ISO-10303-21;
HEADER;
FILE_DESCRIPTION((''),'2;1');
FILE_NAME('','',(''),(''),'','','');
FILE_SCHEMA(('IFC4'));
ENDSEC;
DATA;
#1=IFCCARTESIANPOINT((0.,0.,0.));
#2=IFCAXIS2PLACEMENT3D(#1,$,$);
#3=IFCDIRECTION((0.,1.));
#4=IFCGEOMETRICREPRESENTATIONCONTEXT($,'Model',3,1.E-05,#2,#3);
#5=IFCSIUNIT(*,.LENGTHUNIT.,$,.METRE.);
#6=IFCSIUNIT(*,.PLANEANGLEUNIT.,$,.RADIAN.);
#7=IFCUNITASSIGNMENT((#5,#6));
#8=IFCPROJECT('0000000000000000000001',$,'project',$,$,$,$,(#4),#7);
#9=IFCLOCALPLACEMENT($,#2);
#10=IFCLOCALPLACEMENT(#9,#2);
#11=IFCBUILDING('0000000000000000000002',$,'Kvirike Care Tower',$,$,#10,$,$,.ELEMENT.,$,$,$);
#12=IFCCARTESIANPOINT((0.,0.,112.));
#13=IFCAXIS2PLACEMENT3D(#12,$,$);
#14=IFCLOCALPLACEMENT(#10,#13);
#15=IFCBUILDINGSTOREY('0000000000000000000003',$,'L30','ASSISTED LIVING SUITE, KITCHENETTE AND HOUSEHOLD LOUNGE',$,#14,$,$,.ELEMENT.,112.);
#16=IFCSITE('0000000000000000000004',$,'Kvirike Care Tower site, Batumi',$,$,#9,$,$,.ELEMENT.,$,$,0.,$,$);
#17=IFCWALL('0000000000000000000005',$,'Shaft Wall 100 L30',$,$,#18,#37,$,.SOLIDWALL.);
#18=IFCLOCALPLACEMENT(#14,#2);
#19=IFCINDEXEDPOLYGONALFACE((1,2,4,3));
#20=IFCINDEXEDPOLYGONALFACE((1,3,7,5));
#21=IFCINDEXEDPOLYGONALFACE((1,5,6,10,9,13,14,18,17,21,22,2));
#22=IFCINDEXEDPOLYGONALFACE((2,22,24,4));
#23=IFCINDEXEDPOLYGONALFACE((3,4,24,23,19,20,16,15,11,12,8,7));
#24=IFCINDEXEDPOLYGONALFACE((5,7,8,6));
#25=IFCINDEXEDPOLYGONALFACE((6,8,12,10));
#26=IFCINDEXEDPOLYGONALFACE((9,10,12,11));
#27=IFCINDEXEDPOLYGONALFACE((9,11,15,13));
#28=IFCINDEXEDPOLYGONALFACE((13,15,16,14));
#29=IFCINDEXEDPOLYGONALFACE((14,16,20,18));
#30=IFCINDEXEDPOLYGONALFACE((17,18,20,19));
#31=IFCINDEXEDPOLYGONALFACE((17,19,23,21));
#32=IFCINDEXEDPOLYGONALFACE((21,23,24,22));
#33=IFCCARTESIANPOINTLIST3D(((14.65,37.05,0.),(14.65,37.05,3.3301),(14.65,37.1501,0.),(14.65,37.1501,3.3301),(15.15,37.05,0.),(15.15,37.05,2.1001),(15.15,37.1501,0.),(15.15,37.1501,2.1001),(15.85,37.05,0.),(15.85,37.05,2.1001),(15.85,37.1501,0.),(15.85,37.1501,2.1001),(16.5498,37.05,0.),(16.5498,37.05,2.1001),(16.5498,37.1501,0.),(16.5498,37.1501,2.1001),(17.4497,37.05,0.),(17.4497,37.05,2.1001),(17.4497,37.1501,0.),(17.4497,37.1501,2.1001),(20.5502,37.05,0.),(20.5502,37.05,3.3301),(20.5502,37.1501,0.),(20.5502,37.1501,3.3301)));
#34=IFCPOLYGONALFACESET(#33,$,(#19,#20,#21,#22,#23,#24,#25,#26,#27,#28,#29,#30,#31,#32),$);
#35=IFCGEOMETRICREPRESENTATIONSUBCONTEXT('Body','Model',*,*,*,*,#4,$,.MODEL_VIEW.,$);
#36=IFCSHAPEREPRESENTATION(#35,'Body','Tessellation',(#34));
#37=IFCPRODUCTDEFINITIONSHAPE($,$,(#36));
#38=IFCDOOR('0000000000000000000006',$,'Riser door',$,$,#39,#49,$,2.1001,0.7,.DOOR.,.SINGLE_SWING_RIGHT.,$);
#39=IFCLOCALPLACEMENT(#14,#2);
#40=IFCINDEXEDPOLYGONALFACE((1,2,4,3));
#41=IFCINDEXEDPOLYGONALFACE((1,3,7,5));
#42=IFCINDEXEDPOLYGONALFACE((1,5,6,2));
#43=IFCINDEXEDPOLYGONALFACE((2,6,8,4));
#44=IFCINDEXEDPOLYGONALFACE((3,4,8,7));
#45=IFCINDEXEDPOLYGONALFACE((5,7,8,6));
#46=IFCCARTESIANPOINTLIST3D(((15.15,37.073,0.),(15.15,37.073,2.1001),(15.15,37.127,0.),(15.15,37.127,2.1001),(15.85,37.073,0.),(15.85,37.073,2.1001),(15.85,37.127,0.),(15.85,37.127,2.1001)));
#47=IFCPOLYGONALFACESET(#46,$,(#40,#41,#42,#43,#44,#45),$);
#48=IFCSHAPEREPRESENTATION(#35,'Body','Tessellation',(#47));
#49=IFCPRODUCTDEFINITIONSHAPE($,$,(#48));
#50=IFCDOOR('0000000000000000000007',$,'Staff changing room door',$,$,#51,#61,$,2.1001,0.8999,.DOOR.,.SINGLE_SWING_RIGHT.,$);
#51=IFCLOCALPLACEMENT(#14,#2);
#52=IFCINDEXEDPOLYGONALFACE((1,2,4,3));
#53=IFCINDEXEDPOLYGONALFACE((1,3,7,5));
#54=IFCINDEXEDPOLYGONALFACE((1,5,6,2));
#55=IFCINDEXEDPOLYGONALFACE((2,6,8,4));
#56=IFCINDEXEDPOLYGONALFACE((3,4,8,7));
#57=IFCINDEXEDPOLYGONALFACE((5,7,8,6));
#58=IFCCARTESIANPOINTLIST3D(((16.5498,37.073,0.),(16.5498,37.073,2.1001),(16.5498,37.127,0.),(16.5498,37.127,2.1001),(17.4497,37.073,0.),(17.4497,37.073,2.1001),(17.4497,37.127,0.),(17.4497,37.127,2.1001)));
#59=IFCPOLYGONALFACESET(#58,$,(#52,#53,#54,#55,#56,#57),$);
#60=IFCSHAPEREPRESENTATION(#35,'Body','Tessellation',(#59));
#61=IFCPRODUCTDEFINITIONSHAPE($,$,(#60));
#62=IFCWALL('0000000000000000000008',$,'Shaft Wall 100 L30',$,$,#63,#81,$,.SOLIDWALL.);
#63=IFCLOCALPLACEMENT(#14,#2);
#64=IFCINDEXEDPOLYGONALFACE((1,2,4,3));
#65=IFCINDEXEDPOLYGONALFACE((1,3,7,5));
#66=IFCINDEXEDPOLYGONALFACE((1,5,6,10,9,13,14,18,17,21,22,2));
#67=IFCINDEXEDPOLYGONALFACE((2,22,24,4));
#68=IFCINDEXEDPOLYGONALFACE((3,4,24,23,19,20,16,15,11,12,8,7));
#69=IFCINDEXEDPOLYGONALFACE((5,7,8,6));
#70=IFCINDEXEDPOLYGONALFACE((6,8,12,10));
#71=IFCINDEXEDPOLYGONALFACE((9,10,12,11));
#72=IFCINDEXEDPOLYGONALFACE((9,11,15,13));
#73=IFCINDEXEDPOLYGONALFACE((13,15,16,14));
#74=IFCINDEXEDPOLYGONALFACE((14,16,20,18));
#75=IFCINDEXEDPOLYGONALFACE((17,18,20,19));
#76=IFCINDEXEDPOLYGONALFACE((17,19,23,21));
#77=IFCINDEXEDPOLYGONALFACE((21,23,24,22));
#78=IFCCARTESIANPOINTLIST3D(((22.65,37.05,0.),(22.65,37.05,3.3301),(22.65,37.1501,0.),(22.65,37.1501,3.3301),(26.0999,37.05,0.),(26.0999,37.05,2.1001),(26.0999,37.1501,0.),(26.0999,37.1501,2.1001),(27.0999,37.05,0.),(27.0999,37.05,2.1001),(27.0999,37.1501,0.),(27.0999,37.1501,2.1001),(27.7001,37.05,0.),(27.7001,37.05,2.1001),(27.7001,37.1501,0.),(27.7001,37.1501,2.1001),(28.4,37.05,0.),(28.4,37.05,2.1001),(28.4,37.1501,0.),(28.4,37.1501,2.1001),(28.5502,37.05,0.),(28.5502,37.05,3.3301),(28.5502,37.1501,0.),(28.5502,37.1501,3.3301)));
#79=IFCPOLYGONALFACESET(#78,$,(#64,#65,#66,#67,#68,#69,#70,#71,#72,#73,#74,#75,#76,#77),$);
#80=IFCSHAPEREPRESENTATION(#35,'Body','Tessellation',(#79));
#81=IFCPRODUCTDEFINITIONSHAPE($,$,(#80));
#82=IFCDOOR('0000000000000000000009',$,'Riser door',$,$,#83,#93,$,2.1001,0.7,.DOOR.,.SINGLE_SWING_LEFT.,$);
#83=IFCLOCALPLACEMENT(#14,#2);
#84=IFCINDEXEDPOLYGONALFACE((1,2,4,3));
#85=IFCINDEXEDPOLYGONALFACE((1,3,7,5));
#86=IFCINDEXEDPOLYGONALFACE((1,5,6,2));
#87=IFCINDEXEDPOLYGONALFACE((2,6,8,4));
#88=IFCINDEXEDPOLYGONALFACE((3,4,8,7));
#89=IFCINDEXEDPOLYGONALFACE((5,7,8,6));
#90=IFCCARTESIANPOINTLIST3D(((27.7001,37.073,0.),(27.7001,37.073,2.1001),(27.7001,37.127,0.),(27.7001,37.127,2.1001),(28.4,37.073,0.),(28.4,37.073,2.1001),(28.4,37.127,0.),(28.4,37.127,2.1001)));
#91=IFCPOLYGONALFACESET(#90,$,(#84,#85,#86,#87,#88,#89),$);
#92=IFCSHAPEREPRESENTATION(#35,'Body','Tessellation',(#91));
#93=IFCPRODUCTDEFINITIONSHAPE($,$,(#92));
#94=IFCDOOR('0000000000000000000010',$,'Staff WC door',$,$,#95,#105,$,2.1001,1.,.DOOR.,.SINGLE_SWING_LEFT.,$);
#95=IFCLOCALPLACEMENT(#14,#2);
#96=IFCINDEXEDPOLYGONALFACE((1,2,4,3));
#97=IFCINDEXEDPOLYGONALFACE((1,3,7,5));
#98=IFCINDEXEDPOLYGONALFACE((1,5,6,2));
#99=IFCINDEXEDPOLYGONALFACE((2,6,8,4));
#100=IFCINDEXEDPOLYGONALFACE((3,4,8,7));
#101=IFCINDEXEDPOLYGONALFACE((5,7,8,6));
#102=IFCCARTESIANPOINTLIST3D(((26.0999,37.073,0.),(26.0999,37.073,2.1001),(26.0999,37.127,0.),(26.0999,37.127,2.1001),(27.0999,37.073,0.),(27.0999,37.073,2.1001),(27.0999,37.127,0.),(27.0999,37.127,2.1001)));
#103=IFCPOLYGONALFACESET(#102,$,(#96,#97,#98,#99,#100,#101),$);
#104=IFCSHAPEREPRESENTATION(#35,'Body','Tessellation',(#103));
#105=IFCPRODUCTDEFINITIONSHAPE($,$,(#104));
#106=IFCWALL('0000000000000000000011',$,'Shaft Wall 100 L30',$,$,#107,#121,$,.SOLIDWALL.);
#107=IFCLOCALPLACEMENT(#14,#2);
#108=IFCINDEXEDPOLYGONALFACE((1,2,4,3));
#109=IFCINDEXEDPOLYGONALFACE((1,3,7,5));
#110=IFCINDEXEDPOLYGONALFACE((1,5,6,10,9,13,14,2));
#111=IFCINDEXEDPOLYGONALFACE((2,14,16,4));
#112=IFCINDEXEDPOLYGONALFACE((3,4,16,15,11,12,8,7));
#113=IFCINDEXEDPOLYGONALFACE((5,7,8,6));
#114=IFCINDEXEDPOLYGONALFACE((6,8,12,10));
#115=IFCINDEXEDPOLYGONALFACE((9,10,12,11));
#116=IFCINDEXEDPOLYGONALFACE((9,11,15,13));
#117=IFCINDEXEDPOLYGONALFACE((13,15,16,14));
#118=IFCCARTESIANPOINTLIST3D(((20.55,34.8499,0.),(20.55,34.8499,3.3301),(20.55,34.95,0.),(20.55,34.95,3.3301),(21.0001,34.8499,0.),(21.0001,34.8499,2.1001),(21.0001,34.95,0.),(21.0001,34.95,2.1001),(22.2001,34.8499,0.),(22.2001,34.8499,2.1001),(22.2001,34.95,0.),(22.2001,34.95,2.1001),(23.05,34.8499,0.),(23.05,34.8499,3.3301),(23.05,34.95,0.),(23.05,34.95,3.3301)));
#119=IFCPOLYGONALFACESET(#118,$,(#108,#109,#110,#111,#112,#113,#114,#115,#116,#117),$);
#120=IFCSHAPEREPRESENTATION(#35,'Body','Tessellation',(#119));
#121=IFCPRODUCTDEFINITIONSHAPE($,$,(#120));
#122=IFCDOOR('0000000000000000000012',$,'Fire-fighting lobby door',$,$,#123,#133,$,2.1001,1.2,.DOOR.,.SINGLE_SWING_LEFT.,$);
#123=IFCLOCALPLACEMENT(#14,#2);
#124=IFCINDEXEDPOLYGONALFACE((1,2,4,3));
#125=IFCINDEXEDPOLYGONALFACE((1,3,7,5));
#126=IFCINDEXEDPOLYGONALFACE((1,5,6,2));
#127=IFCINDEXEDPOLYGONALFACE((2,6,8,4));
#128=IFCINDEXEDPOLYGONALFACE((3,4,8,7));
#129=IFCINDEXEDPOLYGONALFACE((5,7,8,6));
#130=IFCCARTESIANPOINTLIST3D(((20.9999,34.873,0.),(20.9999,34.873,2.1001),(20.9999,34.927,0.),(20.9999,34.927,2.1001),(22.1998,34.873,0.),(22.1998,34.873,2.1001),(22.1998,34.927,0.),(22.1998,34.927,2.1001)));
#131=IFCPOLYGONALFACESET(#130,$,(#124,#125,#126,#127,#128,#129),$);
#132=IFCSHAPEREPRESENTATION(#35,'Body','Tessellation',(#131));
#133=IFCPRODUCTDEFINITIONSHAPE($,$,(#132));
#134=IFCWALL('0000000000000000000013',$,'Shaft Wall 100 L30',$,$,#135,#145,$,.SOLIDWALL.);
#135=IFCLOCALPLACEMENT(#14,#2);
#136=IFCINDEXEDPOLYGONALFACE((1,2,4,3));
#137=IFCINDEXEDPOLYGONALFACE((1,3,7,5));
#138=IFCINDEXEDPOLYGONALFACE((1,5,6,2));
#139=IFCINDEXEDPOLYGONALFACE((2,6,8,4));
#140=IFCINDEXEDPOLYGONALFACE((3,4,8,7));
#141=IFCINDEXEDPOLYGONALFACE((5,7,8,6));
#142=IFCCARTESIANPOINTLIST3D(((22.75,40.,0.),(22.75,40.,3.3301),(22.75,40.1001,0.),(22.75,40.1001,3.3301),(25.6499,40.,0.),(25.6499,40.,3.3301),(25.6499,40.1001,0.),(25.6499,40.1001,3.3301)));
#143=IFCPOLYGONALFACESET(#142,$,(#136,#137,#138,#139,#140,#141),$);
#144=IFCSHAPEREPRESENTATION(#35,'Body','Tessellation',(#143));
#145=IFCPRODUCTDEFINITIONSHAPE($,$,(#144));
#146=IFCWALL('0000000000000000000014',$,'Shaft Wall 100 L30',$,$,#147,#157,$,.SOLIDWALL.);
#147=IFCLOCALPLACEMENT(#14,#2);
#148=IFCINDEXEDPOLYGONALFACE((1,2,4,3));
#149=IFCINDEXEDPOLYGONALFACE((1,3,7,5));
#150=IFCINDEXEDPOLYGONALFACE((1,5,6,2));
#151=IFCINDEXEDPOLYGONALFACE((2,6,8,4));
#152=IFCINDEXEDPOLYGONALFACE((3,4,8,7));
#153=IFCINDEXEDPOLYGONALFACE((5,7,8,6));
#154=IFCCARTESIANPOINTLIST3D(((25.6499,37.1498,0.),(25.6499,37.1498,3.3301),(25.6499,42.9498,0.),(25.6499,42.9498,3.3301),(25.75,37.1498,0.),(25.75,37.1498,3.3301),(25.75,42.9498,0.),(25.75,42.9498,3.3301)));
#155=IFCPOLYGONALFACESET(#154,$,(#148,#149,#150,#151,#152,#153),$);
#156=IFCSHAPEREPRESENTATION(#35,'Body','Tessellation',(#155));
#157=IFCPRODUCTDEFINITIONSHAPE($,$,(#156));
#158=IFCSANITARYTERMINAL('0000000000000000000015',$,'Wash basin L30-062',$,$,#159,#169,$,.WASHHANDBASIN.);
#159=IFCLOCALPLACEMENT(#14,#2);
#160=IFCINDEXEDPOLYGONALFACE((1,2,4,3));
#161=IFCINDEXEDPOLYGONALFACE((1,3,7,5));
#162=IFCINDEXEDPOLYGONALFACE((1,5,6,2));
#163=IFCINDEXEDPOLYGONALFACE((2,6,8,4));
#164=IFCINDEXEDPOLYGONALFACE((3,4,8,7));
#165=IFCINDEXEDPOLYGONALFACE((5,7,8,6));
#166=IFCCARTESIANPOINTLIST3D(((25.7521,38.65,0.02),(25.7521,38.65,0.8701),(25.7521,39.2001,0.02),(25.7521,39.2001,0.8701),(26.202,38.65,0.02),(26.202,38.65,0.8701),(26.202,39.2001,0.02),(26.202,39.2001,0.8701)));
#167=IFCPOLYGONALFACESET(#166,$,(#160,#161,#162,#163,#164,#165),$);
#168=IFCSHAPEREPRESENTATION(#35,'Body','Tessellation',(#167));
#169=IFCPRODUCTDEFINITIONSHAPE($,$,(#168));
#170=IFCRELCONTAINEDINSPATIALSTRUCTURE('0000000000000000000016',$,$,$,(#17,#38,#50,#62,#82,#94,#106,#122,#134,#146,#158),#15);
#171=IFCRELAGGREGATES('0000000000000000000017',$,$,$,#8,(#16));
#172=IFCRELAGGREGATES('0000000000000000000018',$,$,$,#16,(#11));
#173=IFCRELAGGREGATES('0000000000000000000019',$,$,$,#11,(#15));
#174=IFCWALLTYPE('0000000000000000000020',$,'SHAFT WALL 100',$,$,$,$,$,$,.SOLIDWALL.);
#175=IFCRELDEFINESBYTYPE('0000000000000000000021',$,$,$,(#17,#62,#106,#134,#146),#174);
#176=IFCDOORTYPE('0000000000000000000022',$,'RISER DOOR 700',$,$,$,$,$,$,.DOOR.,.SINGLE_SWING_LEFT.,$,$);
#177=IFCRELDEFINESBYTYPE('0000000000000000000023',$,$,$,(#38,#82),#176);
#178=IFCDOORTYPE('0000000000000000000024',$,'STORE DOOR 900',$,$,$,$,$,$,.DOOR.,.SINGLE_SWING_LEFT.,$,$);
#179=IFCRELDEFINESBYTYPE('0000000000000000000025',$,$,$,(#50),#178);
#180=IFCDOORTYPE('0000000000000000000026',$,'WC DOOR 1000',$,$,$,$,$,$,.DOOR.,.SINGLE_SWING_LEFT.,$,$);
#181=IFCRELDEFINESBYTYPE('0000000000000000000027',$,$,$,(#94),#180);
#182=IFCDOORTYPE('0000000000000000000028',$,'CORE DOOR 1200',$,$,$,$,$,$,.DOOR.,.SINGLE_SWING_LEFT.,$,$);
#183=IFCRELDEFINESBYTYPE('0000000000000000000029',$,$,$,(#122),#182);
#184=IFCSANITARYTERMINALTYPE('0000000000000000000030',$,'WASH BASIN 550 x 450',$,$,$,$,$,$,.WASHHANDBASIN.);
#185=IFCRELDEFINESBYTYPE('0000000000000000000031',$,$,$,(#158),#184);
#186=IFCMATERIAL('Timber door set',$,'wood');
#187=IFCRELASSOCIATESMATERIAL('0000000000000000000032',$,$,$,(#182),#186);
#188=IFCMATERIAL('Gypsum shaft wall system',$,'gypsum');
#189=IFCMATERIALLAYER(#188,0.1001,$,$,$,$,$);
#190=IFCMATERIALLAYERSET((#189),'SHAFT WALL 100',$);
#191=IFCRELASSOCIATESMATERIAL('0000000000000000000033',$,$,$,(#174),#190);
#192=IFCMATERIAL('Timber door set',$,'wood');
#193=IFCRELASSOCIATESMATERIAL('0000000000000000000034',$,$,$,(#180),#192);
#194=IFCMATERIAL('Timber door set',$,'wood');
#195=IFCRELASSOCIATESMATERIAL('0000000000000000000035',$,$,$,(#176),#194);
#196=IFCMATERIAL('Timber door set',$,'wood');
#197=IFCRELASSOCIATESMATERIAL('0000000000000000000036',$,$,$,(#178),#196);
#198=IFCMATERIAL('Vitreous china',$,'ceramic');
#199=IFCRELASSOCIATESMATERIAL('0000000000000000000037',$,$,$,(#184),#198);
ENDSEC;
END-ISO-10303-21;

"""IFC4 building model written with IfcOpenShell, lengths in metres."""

from ifc_helpers import new_model, si_unit, direction, frame, frame_2d, origin, origin_2d, place, context, subcontext, project, spatial, rectangle, extrude, material, layer, layer_set, type_object, element, fill, save


model = new_model("IFC4")

# Units and contexts
model_context = context("Model", 3, precision=1e-05, world=origin(), true_north=direction((0.0, 1.0)))
body_context = subcontext(model_context, "Body", "Model", "MODEL_VIEW")
ifc_project = project(units=[si_unit("LENGTHUNIT", "METRE"), si_unit("PLANEANGLEUNIT", "RADIAN")], contexts=[model_context])

# Site, building, storey
site_placement = place(None, origin())
site = spatial("IfcSite", under=ifc_project, at=site_placement, Name="Kvirike Care Tower site, Batumi", CompositionType="ELEMENT", RefElevation=0.0)
building_placement = place(site_placement, origin())
building = spatial("IfcBuilding", under=site, at=building_placement, Name="Kvirike Care Tower", CompositionType="ELEMENT")
storey_placement = place(building_placement, frame((0.0, 0.0, 112.0)))
storey = spatial("IfcBuildingStorey", under=building, at=storey_placement, Name="L30", Description="ASSISTED LIVING SUITE, KITCHENETTE AND HOUSEHOLD LOUNGE", CompositionType="ELEMENT", Elevation=112.0)

# Shared definitions
ifc_material_1 = material(Name="Timber door set", Category="wood")
door_type_1 = type_object("IfcDoorType", Name="CORE DOOR 1200", OperationType="SINGLE_SWING_LEFT", PredefinedType="DOOR", material=ifc_material_1)

# Shared definitions
ifc_material_2 = material(Name="Gypsum shaft wall system", Category="gypsum")
ifc_layer_1 = layer(ifc_material_2, 0.1001)
ifc_layer_set_1 = layer_set([ifc_layer_1], Name="SHAFT WALL 100")
wall_type_1 = type_object("IfcWallType", Name="SHAFT WALL 100", PredefinedType="SOLIDWALL", material=ifc_layer_set_1)

# Shared definitions
ifc_material_3 = material(Name="Timber door set", Category="wood")
door_type_2 = type_object("IfcDoorType", Name="WC DOOR 1000", OperationType="SINGLE_SWING_LEFT", PredefinedType="DOOR", material=ifc_material_3)

# Shared definitions
ifc_material_4 = material(Name="Timber door set", Category="wood")
door_type_3 = type_object("IfcDoorType", Name="RISER DOOR 700", OperationType="SINGLE_SWING_LEFT", PredefinedType="DOOR", material=ifc_material_4)

# Walls, openings, doors
wall_1_placement = place(storey_placement, frame((14.6499, 37.1001, 0.0), z_axis=(0.0, 0.0, 1.0), x_axis=(1.0, 0.0, 0.0)))
wall_1 = element("IfcWall", 1, at=wall_1_placement, inside=storey, type_object=wall_type_1, Name="Shaft Wall 100 L30", PredefinedType="SOLIDWALL", context=body_context, shape_type="SweptSolid", body=[
    extrude(rectangle(XDim=5.9001, YDim=0.1001, at=frame_2d((2.9502, 0.0))), origin(), (0.0, 0.0, 1.0), 3.3301),
])
opening_1_placement = place(wall_1_placement, frame((0.5, 0.0, 0.0)))
opening_1 = element("IfcOpeningElement", 2, at=opening_1_placement, cuts=wall_1, PredefinedType="OPENING", context=body_context, shape_type="SweptSolid", body=[
    extrude(rectangle(XDim=0.7, YDim=2.1001, at=frame_2d((0.3501, 1.05))), frame((0.0, 0.0605, 0.0), z_axis=(0.0, -1.0, 0.0), x_axis=(1.0, 0.0, 0.0)), (0.0, 0.0, 1.0), 0.1211),
])
opening_2_placement = place(wall_1_placement, frame((1.8999, 0.0, 0.0)))
opening_2 = element("IfcOpeningElement", 3, at=opening_2_placement, cuts=wall_1, PredefinedType="OPENING", context=body_context, shape_type="SweptSolid", body=[
    extrude(rectangle(XDim=0.8999, YDim=2.1001, at=frame_2d((0.45, 1.05))), frame((0.0, 0.0605, 0.0), z_axis=(0.0, -1.0, 0.0), x_axis=(1.0, 0.0, 0.0)), (0.0, 0.0, 1.0), 0.1211),
])
door_1_placement = place(opening_1_placement, origin())
door_1 = element("IfcDoor", 4, at=door_1_placement, inside=storey, type_object=door_type_3, Name="Riser door", OperationType="SINGLE_SWING_RIGHT", OverallHeight=2.1001, OverallWidth=0.7, PredefinedType="DOOR", context=body_context, shape_type="SweptSolid", body=[
    extrude(rectangle(XDim=0.7, YDim=2.1001, at=frame_2d((0.3501, 1.05))), frame((0.0, 0.0269, 0.0), z_axis=(0.0, -1.0, 0.0), x_axis=(1.0, 0.0, 0.0)), (0.0, 0.0, 1.0), 0.054),
])
fill(opening_1, door_1)
ifc_material_5 = material(Name="Timber door set", Category="wood")
door_type_4 = type_object("IfcDoorType", Name="STORE DOOR 900", OperationType="SINGLE_SWING_LEFT", PredefinedType="DOOR", material=ifc_material_5)
door_2_placement = place(opening_2_placement, origin())
door_2 = element("IfcDoor", 5, at=door_2_placement, inside=storey, type_object=door_type_4, Name="Staff changing room door", OperationType="SINGLE_SWING_RIGHT", OverallHeight=2.1001, OverallWidth=0.8999, PredefinedType="DOOR", context=body_context, shape_type="SweptSolid", body=[
    extrude(rectangle(XDim=0.8999, YDim=2.1001, at=frame_2d((0.45, 1.05))), frame((0.0, 0.0269, 0.0), z_axis=(0.0, -1.0, 0.0), x_axis=(1.0, 0.0, 0.0)), (0.0, 0.0, 1.0), 0.054),
])
fill(opening_2, door_2)
wall_2_placement = place(storey_placement, frame((22.6499, 37.1001, 0.0), z_axis=(0.0, 0.0, 1.0), x_axis=(1.0, 0.0, 0.0)))
wall_2 = element("IfcWall", 6, at=wall_2_placement, inside=storey, type_object=wall_type_1, Name="Shaft Wall 100 L30", PredefinedType="SOLIDWALL", context=body_context, shape_type="SweptSolid", body=[
    extrude(rectangle(XDim=5.9001, YDim=0.1001, at=frame_2d((2.9502, 0.0))), origin(), (0.0, 0.0, 1.0), 3.3301),
])
opening_3_placement = place(wall_2_placement, frame((3.45, 0.0, 0.0)))
opening_3 = element("IfcOpeningElement", 7, at=opening_3_placement, cuts=wall_2, PredefinedType="OPENING", context=body_context, shape_type="SweptSolid", body=[
    extrude(rectangle(XDim=1.0, YDim=2.1001, at=frame_2d((0.5, 1.05))), frame((0.0, 0.0605, 0.0), z_axis=(0.0, -1.0, 0.0), x_axis=(1.0, 0.0, 0.0)), (0.0, 0.0, 1.0), 0.1211),
])
opening_4_placement = place(wall_2_placement, frame((5.05, 0.0, 0.0)))
opening_4 = element("IfcOpeningElement", 8, at=opening_4_placement, cuts=wall_2, PredefinedType="OPENING", context=body_context, shape_type="SweptSolid", body=[
    extrude(rectangle(XDim=0.7, YDim=2.1001, at=frame_2d((0.3501, 1.05))), frame((0.0, 0.0605, 0.0), z_axis=(0.0, -1.0, 0.0), x_axis=(1.0, 0.0, 0.0)), (0.0, 0.0, 1.0), 0.1211),
])
door_3_placement = place(opening_4_placement, origin())
door_3 = element("IfcDoor", 9, at=door_3_placement, inside=storey, type_object=door_type_3, Name="Riser door", OperationType="SINGLE_SWING_LEFT", OverallHeight=2.1001, OverallWidth=0.7, PredefinedType="DOOR", context=body_context, shape_type="SweptSolid", body=[
    extrude(rectangle(XDim=0.7, YDim=2.1001, at=frame_2d((0.3501, 1.05))), frame((0.0, 0.0269, 0.0), z_axis=(0.0, -1.0, 0.0), x_axis=(1.0, 0.0, 0.0)), (0.0, 0.0, 1.0), 0.054),
])
fill(opening_4, door_3)
door_4_placement = place(opening_3_placement, origin())
door_4 = element("IfcDoor", 10, at=door_4_placement, inside=storey, type_object=door_type_2, Name="Staff WC door", OperationType="SINGLE_SWING_LEFT", OverallHeight=2.1001, OverallWidth=1.0, PredefinedType="DOOR", context=body_context, shape_type="SweptSolid", body=[
    extrude(rectangle(XDim=1.0, YDim=2.1001, at=frame_2d((0.5, 1.05))), frame((0.0, 0.0269, 0.0), z_axis=(0.0, -1.0, 0.0), x_axis=(1.0, 0.0, 0.0)), (0.0, 0.0, 1.0), 0.054),
])
fill(opening_3, door_4)

# Wall, opening, door
wall_3_placement = place(storey_placement, frame((20.55, 34.8999, 0.0), z_axis=(0.0, 0.0, 1.0), x_axis=(1.0, 0.0, 0.0)))
wall_3 = element("IfcWall", 11, at=wall_3_placement, inside=storey, type_object=wall_type_1, Name="Shaft Wall 100 L30", PredefinedType="SOLIDWALL", context=body_context, shape_type="SweptSolid", body=[
    extrude(rectangle(XDim=2.5, YDim=0.1001, at=frame_2d((1.25, 0.0))), origin(), (0.0, 0.0, 1.0), 3.3301),
])
opening_5_placement = place(wall_3_placement, frame((0.45, 0.0, 0.0)))
opening_5 = element("IfcOpeningElement", 12, at=opening_5_placement, cuts=wall_3, PredefinedType="OPENING", context=body_context, shape_type="SweptSolid", body=[
    extrude(rectangle(XDim=1.2, YDim=2.1001, at=frame_2d((0.6001, 1.05))), frame((0.0, 0.0605, 0.0), z_axis=(0.0, -1.0, 0.0), x_axis=(1.0, 0.0, 0.0)), (0.0, 0.0, 1.0), 0.1211),
])
door_5_placement = place(opening_5_placement, frame((1.2, 0.0, 0.0), z_axis=(0.0, 0.0, 1.0), x_axis=(-1.0, 0.0, 0.0)))
door_5 = element("IfcDoor", 13, at=door_5_placement, inside=storey, type_object=door_type_1, Name="Fire-fighting lobby door", OperationType="SINGLE_SWING_LEFT", OverallHeight=2.1001, OverallWidth=1.2, PredefinedType="DOOR", context=body_context, shape_type="SweptSolid", body=[
    extrude(rectangle(XDim=1.2, YDim=2.1001, at=frame_2d((0.6001, 1.05))), frame((0.0, 0.0269, 0.0), z_axis=(0.0, -1.0, 0.0), x_axis=(1.0, 0.0, 0.0)), (0.0, 0.0, 1.0), 0.054),
])
fill(opening_5, door_5)

# Walls
wall_4_placement = place(storey_placement, frame((22.75, 40.05, 0.0), z_axis=(0.0, 0.0, 1.0), x_axis=(1.0, 0.0, 0.0)))
element("IfcWall", 14, at=wall_4_placement, inside=storey, type_object=wall_type_1, Name="Shaft Wall 100 L30", PredefinedType="SOLIDWALL", context=body_context, shape_type="SweptSolid", body=[
    extrude(rectangle(XDim=2.8999, YDim=0.1001, at=frame_2d((1.45, 0.0))), origin(), (0.0, 0.0, 1.0), 3.3301),
])
wall_5_placement = place(storey_placement, frame((25.7, 37.1499, 0.0), z_axis=(0.0, 0.0, 1.0), x_axis=(0.0, 1.0, 0.0)))
element("IfcWall", 15, at=wall_5_placement, inside=storey, type_object=wall_type_1, Name="Shaft Wall 100 L30", PredefinedType="SOLIDWALL", context=body_context, shape_type="SweptSolid", body=[
    extrude(rectangle(XDim=5.8, YDim=0.1001, at=frame_2d((2.8999, 0.0))), origin(), (0.0, 0.0, 1.0), 3.3301),
])

# Sanitary terminal
ifc_material_6 = material(Name="Vitreous china", Category="ceramic")
sanitary_terminal_type_1 = type_object("IfcSanitaryTerminalType", Name="WASH BASIN 550 x 450", PredefinedType="WASHHANDBASIN", material=ifc_material_6)
sanitary_terminal_1_placement = place(storey_placement, frame((25.9771, 38.925, 0.02), z_axis=(0.0, 0.0, 1.0), x_axis=(0.0, 1.0, 0.0)))
element("IfcSanitaryTerminal", 16, at=sanitary_terminal_1_placement, inside=storey, type_object=sanitary_terminal_type_1, Name="Wash basin L30-062", PredefinedType="WASHHANDBASIN", context=body_context, shape_type="SweptSolid", body=[
    extrude(rectangle(XDim=0.55, YDim=0.45, at=origin_2d()), origin(), (0.0, 0.0, 1.0), 0.8501),
])

save(model, "model.ifc")
